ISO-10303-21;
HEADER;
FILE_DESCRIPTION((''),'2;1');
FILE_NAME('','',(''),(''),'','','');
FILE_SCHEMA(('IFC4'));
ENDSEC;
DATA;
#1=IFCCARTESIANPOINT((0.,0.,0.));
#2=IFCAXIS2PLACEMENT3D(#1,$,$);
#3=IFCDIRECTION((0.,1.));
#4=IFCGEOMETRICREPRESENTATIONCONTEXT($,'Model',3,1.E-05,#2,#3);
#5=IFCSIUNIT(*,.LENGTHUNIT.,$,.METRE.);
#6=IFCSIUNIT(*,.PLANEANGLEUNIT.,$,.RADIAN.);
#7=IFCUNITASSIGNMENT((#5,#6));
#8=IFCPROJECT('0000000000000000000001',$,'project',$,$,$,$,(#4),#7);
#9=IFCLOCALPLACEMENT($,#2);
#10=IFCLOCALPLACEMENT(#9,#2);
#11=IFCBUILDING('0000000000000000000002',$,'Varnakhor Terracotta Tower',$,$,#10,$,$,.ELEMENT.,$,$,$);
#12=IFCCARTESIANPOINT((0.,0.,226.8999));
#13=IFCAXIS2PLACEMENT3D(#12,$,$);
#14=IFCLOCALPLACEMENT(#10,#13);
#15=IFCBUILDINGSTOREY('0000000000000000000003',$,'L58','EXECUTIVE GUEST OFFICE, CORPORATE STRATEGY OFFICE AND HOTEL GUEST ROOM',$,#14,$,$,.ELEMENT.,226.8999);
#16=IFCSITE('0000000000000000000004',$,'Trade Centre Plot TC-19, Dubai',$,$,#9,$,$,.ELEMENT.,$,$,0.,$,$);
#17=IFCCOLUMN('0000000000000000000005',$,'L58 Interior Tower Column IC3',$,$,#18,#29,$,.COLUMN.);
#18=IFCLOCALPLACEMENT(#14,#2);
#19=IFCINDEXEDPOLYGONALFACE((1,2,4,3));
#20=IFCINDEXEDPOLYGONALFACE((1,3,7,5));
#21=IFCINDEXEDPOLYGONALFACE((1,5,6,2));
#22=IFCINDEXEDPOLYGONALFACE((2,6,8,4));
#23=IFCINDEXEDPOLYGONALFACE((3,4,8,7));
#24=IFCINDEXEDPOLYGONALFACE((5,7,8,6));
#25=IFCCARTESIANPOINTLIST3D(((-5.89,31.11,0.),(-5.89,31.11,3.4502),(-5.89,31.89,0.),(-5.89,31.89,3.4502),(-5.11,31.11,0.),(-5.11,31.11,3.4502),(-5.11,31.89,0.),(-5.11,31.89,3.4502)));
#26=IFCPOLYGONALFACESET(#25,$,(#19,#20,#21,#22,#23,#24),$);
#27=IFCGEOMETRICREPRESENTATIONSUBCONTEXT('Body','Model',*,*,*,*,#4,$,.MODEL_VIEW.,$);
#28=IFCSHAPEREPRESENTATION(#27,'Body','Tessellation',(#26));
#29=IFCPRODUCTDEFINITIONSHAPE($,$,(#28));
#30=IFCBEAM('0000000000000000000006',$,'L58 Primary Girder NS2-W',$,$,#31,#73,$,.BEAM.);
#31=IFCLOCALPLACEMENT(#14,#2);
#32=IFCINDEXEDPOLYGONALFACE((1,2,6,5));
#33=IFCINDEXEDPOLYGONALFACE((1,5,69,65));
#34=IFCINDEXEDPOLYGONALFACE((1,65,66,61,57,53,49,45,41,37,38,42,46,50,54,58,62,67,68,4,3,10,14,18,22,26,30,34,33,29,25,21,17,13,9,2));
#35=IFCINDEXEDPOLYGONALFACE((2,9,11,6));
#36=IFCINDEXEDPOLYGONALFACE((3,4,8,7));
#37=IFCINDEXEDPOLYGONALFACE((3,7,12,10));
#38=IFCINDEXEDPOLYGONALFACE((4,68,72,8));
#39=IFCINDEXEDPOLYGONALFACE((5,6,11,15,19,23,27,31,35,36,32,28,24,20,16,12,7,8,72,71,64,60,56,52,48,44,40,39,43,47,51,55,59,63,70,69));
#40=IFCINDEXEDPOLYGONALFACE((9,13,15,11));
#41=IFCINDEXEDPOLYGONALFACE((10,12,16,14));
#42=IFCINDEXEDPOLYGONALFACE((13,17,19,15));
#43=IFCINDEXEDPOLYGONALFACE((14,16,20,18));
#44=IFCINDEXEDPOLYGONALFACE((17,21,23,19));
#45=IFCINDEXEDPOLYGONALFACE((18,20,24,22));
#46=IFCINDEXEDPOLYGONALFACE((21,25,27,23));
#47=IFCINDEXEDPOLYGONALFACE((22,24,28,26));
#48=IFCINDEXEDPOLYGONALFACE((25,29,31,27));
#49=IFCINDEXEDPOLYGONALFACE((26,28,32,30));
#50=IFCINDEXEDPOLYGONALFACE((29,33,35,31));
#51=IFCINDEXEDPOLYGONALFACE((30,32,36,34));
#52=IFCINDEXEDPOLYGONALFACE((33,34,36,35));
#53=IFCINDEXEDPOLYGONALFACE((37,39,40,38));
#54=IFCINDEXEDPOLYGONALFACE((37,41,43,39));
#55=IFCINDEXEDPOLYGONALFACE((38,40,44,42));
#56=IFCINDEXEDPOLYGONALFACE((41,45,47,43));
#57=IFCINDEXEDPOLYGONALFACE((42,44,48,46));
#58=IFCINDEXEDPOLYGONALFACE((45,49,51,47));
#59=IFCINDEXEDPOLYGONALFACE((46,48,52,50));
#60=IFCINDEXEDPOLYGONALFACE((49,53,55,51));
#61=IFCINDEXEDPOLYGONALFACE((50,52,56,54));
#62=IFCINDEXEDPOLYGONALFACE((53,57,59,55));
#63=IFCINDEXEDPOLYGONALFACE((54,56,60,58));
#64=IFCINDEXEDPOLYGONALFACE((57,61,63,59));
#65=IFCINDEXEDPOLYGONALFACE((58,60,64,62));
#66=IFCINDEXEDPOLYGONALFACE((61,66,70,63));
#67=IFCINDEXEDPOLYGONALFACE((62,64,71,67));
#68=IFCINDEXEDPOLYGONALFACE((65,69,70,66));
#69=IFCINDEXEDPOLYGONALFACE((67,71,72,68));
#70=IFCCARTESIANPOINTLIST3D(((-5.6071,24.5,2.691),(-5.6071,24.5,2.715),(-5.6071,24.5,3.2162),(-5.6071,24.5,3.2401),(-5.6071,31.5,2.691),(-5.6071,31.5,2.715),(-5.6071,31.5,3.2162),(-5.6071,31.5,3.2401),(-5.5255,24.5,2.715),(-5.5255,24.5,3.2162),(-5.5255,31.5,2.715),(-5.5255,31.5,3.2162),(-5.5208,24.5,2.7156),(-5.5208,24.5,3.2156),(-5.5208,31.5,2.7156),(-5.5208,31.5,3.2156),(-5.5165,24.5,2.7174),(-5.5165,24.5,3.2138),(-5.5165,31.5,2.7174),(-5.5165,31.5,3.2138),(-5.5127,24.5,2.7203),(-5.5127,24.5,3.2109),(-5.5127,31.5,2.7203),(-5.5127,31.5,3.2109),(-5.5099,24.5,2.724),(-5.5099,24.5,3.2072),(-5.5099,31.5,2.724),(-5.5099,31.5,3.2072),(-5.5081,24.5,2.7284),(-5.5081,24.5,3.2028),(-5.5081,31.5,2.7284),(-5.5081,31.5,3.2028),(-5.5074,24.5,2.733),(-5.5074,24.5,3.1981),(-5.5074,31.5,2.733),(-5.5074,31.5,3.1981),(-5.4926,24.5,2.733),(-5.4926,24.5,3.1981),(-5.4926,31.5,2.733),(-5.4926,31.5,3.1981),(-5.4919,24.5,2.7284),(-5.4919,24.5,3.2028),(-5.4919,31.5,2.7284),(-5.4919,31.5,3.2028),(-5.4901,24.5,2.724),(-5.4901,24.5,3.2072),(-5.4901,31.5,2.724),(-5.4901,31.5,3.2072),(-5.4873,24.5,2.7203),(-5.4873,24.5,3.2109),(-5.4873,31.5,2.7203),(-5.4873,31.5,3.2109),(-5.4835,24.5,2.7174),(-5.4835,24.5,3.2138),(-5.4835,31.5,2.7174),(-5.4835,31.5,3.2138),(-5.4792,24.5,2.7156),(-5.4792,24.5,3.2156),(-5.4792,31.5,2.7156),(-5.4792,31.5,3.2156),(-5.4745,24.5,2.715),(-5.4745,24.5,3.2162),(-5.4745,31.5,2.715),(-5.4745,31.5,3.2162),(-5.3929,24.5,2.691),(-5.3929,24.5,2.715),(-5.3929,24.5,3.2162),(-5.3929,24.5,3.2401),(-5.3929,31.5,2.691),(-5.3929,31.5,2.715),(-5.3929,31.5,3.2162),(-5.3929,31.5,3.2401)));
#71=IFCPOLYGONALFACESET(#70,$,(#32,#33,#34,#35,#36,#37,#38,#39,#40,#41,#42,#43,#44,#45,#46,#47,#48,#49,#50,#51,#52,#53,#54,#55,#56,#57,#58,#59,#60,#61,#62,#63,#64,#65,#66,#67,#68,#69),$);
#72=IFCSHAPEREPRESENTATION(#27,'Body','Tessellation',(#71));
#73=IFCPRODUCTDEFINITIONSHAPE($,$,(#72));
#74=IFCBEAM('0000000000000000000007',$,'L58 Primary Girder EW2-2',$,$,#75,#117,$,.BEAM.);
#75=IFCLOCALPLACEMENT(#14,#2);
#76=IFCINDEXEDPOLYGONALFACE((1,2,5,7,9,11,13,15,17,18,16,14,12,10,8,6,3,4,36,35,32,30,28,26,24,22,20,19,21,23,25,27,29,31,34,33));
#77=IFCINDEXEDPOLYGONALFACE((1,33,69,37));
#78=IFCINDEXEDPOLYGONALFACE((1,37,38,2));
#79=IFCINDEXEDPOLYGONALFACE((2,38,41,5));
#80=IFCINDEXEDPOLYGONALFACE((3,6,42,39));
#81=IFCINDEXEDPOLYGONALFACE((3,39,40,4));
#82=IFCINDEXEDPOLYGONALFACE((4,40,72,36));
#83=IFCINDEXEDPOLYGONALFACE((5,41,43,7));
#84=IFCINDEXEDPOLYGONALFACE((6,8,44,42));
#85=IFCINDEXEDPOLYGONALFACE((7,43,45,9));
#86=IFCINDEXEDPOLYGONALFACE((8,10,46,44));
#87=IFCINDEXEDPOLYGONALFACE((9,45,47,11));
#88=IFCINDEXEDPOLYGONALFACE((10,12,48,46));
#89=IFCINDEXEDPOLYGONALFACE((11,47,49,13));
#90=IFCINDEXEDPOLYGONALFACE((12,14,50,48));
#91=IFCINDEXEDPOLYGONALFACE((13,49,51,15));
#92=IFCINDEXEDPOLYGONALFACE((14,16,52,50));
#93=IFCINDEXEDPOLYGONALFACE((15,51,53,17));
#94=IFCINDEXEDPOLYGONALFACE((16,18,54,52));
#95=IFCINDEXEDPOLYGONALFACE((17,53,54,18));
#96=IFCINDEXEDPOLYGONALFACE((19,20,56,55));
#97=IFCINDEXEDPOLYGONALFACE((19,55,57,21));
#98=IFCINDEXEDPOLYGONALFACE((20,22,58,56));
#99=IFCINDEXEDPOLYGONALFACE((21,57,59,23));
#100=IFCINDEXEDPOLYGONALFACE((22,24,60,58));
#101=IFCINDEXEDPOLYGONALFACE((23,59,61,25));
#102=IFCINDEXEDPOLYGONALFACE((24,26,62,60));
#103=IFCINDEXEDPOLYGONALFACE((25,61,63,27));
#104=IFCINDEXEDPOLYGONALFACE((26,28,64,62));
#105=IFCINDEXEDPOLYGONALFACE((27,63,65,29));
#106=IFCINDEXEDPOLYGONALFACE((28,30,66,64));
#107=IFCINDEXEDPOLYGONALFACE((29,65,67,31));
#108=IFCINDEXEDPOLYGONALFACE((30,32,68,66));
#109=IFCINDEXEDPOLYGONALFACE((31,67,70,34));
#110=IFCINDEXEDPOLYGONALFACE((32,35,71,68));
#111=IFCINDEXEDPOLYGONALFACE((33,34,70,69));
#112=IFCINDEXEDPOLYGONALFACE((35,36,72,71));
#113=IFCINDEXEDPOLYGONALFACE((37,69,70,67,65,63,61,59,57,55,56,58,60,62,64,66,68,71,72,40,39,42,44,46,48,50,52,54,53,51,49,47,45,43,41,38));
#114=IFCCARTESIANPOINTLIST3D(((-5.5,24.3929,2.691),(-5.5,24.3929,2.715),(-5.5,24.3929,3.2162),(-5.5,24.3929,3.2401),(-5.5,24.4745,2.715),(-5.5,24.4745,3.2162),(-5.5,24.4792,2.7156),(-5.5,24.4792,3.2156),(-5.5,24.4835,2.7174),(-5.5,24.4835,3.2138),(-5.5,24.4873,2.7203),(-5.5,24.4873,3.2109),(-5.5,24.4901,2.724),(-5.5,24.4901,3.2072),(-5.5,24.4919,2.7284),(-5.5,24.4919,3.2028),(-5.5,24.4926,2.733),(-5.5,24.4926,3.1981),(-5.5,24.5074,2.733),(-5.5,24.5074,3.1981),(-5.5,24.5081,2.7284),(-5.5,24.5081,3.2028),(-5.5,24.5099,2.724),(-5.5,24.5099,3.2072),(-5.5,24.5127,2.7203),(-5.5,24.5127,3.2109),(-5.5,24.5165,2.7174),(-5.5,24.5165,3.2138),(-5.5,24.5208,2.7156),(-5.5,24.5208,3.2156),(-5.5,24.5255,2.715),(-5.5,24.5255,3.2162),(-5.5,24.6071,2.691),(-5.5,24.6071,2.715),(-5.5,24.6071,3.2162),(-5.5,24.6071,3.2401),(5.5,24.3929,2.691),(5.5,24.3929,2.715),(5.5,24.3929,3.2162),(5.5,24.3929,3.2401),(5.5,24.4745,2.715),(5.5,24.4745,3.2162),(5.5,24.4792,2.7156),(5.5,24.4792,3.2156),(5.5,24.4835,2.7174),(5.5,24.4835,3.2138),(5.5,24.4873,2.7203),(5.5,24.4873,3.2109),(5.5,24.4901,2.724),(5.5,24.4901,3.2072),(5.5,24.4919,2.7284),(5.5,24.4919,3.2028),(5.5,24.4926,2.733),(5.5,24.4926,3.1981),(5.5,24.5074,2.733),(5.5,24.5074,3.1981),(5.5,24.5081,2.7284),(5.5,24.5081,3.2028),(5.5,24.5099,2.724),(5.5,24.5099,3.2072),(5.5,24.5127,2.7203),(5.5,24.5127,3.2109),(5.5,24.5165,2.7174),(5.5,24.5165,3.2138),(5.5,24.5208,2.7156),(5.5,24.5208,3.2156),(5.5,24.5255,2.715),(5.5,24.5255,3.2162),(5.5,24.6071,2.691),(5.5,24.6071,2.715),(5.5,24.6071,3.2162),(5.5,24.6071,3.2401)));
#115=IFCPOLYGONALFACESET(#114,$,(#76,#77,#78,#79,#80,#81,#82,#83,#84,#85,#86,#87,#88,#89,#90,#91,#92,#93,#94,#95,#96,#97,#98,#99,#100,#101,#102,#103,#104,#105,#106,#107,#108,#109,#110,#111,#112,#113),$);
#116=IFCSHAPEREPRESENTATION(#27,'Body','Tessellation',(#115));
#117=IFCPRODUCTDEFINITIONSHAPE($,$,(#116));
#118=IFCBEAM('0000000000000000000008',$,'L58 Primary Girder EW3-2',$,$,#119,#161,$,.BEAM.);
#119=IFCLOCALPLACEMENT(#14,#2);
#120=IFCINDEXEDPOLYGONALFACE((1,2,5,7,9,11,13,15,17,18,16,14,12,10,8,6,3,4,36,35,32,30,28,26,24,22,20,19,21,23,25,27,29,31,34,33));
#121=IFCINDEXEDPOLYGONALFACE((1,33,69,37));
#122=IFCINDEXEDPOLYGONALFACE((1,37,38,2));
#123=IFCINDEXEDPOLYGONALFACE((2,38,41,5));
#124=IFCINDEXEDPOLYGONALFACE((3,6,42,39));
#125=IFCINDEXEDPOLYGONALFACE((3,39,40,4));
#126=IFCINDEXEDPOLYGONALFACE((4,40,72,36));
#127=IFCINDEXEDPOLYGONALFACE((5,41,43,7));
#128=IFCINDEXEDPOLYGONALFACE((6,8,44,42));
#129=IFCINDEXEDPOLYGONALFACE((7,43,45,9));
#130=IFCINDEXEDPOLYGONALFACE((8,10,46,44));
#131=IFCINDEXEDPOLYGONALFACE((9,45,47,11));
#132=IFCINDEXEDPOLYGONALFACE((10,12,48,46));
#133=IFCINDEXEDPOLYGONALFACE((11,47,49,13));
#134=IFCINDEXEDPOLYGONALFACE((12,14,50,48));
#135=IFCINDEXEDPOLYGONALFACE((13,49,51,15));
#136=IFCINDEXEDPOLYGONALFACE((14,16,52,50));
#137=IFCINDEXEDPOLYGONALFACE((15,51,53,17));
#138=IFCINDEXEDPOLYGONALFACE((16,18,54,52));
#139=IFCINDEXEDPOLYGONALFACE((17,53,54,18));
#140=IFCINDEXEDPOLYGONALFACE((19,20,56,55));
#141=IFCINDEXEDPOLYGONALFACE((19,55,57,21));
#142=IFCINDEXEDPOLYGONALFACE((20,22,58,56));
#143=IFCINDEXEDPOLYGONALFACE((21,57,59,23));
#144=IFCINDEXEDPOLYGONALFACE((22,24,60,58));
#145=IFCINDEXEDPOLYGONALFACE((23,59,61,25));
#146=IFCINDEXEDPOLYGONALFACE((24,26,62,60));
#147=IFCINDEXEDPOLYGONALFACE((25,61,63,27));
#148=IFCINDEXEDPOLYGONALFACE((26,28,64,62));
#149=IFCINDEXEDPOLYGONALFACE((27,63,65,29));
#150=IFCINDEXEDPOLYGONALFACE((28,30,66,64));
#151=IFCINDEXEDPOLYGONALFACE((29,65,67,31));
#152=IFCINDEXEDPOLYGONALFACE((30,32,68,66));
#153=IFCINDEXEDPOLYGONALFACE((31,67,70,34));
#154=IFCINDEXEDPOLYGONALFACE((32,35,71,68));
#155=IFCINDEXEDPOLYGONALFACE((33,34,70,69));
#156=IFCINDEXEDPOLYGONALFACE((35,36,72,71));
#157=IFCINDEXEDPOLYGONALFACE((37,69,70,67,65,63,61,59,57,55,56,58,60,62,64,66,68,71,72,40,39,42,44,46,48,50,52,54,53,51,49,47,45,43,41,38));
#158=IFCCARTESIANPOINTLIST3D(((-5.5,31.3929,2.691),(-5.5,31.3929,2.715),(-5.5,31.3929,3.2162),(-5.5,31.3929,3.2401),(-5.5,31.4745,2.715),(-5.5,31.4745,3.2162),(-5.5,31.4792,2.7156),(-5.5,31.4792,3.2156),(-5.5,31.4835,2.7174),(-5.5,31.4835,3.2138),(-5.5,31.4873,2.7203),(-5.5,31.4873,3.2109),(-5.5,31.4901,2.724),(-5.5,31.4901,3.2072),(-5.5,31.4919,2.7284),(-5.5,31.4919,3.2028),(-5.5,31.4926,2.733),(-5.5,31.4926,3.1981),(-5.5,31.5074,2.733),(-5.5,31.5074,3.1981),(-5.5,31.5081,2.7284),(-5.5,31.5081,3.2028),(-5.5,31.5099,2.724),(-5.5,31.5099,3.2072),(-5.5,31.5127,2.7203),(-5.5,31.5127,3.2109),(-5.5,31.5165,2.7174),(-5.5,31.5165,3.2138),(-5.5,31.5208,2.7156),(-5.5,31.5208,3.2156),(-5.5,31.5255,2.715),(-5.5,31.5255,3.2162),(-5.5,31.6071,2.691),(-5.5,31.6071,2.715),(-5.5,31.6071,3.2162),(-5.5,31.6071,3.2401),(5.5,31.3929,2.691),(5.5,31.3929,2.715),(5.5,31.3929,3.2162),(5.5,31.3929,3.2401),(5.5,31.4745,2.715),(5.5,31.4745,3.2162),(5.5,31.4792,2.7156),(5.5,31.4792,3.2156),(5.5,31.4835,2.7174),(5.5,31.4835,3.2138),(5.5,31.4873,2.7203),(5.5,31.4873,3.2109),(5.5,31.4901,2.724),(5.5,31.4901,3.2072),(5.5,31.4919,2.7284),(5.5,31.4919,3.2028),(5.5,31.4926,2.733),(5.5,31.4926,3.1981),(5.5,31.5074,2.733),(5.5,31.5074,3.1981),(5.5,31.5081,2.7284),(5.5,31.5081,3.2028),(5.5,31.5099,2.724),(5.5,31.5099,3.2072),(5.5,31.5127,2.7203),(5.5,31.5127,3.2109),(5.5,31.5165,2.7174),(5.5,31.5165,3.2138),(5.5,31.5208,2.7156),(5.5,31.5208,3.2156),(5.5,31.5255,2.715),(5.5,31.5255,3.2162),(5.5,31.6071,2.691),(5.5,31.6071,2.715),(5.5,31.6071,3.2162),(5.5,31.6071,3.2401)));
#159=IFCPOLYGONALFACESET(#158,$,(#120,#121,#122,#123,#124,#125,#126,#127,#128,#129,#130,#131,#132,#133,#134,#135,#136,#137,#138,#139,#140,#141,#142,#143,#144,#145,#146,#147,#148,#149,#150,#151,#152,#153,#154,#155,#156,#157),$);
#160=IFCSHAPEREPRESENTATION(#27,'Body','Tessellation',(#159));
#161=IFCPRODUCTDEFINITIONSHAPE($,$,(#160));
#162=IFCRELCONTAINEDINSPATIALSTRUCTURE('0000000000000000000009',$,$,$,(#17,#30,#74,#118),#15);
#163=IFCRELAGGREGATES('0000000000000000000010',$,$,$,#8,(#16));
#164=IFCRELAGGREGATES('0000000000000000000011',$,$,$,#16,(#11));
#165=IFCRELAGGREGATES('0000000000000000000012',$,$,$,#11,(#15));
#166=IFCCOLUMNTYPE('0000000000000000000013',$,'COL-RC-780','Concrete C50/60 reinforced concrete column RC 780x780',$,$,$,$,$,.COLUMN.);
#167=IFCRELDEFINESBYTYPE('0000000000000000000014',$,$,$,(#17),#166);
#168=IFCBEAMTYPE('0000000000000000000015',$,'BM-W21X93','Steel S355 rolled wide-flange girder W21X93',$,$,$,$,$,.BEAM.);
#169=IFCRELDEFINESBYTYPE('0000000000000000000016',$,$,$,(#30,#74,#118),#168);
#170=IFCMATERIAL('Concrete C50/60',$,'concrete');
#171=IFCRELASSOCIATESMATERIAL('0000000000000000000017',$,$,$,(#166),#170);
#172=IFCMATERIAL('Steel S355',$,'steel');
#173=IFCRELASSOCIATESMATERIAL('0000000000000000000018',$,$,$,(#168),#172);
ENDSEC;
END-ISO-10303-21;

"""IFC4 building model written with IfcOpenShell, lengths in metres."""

from ifc_helpers import new_model, si_unit, direction, frame, origin, origin_2d, place, context, subcontext, project, spatial, rectangle, i_section, extrude, source, transform, mapped, material, material_profile, profile_set, type_object, element, save


model = new_model("IFC4")

# Units and contexts
model_context = context("Model", 3, precision=1e-05, world=origin(), true_north=direction((0.0, 1.0)))
body_context = subcontext(model_context, "Body", "Model", "MODEL_VIEW")
ifc_project = project(units=[si_unit("LENGTHUNIT", "METRE"), si_unit("PLANEANGLEUNIT", "RADIAN")], contexts=[model_context])

# Site, building, storey
site_placement = place(None, origin())
site = spatial("IfcSite", under=ifc_project, at=site_placement, Name="Trade Centre Plot TC-19, Dubai", CompositionType="ELEMENT", RefElevation=0.0)
building_placement = place(site_placement, origin())
building = spatial("IfcBuilding", under=site, at=building_placement, Name="Varnakhor Terracotta Tower", CompositionType="ELEMENT")
storey_placement = place(building_placement, frame((0.0, 0.0, 226.8999)))
storey = spatial("IfcBuildingStorey", under=building, at=storey_placement, Name="L58", Description="EXECUTIVE GUEST OFFICE, CORPORATE STRATEGY OFFICE AND HOTEL GUEST ROOM", CompositionType="ELEMENT", Elevation=226.8999)

# Column
ifc_material_1 = material(Name="Concrete C50/60", Category="concrete")
ifc_material_profile_1 = material_profile(ifc_material_1, rectangle(XDim=0.78, YDim=0.78, at=origin_2d()), Name="RC 780x780")
ifc_profile_set_1 = profile_set([ifc_material_profile_1], Name="Concrete C50/60")
column_type = type_object("IfcColumnType", Name="COL-RC-780", Description="Concrete C50/60 reinforced concrete column RC 780x780", PredefinedType="COLUMN", material=ifc_profile_set_1)
shared_shape_1 = source(origin(), body_context, "Body", "SweptSolid", [
    extrude(rectangle(XDim=0.78, YDim=0.78, at=origin_2d()), origin(), (0.0, 0.0, 1.0), 3.4502),
])
column_placement = place(storey_placement, frame((-5.5, 31.5, 0.0), z_axis=(0.0, 0.0, 1.0), x_axis=(1.0, 0.0, 0.0)))
element("IfcColumn", 1, at=column_placement, inside=storey, type_object=column_type, Name="L58 Interior Tower Column IC3", PredefinedType="COLUMN", context=body_context, shape_type="MappedRepresentation", body=[
    mapped(shared_shape_1, transform((0.0, 0.0, 0.0), scale=1.0)),
])

# Beams
ifc_material_2 = material(Name="Steel S355", Category="steel")
ifc_material_profile_2 = material_profile(ifc_material_2, i_section(OverallWidth=0.2141, OverallDepth=0.5491, WebThickness=0.0149, FlangeThickness=0.0239, FilletRadius=0.0181, at=origin_2d()), Name="W21X93")
ifc_profile_set_2 = profile_set([ifc_material_profile_2], Name="Steel S355")
beam_type_1 = type_object("IfcBeamType", Name="BM-W21X93", Description="Steel S355 rolled wide-flange girder W21X93", PredefinedType="BEAM", material=ifc_profile_set_2)
shared_shape_2 = source(origin(), body_context, "Body", "SweptSolid", [
    extrude(i_section(OverallWidth=0.2141, OverallDepth=0.5491, WebThickness=0.0149, FlangeThickness=0.0239, FilletRadius=0.0181, at=origin_2d()), origin(), (0.0, 0.0, 1.0), 7.0),
])
beam_1_placement = place(storey_placement, frame((-5.5, 24.5, 2.9656), z_axis=(0.0, 1.0, 0.0), x_axis=(-1.0, 0.0, 0.0)))
element("IfcBeam", 2, at=beam_1_placement, inside=storey, type_object=beam_type_1, Name="L58 Primary Girder NS2-W", PredefinedType="BEAM", context=body_context, shape_type="MappedRepresentation", body=[
    mapped(shared_shape_2, transform((0.0, 0.0, 0.0), scale=1.0)),
])
shared_shape_3 = source(origin(), body_context, "Body", "SweptSolid", [
    extrude(i_section(OverallWidth=0.2141, OverallDepth=0.5491, WebThickness=0.0149, FlangeThickness=0.0239, FilletRadius=0.0181, at=origin_2d()), origin(), (0.0, 0.0, 1.0), 11.0),
])
for number, where, z_axis, x_axis, name in (
    (3, (-5.5, 24.5, 2.9656), (1.0, 0.0, 0.0), (0.0, 1.0, 0.0), "L58 Primary Girder EW2-2"),
    (4, (-5.5, 31.5, 2.9656), (1.0, 0.0, 0.0), (0.0, 1.0, 0.0), "L58 Primary Girder EW3-2"),
):
    element("IfcBeam", number, at=place(storey_placement, frame(where, z_axis=z_axis, x_axis=x_axis)), inside=storey, type_object=beam_type_1, Name=name, PredefinedType="BEAM", context=body_context, shape_type="MappedRepresentation", body=[
        mapped(shared_shape_3, transform((0.0, 0.0, 0.0), scale=1.0)),
    ])

save(model, "model.ifc")
